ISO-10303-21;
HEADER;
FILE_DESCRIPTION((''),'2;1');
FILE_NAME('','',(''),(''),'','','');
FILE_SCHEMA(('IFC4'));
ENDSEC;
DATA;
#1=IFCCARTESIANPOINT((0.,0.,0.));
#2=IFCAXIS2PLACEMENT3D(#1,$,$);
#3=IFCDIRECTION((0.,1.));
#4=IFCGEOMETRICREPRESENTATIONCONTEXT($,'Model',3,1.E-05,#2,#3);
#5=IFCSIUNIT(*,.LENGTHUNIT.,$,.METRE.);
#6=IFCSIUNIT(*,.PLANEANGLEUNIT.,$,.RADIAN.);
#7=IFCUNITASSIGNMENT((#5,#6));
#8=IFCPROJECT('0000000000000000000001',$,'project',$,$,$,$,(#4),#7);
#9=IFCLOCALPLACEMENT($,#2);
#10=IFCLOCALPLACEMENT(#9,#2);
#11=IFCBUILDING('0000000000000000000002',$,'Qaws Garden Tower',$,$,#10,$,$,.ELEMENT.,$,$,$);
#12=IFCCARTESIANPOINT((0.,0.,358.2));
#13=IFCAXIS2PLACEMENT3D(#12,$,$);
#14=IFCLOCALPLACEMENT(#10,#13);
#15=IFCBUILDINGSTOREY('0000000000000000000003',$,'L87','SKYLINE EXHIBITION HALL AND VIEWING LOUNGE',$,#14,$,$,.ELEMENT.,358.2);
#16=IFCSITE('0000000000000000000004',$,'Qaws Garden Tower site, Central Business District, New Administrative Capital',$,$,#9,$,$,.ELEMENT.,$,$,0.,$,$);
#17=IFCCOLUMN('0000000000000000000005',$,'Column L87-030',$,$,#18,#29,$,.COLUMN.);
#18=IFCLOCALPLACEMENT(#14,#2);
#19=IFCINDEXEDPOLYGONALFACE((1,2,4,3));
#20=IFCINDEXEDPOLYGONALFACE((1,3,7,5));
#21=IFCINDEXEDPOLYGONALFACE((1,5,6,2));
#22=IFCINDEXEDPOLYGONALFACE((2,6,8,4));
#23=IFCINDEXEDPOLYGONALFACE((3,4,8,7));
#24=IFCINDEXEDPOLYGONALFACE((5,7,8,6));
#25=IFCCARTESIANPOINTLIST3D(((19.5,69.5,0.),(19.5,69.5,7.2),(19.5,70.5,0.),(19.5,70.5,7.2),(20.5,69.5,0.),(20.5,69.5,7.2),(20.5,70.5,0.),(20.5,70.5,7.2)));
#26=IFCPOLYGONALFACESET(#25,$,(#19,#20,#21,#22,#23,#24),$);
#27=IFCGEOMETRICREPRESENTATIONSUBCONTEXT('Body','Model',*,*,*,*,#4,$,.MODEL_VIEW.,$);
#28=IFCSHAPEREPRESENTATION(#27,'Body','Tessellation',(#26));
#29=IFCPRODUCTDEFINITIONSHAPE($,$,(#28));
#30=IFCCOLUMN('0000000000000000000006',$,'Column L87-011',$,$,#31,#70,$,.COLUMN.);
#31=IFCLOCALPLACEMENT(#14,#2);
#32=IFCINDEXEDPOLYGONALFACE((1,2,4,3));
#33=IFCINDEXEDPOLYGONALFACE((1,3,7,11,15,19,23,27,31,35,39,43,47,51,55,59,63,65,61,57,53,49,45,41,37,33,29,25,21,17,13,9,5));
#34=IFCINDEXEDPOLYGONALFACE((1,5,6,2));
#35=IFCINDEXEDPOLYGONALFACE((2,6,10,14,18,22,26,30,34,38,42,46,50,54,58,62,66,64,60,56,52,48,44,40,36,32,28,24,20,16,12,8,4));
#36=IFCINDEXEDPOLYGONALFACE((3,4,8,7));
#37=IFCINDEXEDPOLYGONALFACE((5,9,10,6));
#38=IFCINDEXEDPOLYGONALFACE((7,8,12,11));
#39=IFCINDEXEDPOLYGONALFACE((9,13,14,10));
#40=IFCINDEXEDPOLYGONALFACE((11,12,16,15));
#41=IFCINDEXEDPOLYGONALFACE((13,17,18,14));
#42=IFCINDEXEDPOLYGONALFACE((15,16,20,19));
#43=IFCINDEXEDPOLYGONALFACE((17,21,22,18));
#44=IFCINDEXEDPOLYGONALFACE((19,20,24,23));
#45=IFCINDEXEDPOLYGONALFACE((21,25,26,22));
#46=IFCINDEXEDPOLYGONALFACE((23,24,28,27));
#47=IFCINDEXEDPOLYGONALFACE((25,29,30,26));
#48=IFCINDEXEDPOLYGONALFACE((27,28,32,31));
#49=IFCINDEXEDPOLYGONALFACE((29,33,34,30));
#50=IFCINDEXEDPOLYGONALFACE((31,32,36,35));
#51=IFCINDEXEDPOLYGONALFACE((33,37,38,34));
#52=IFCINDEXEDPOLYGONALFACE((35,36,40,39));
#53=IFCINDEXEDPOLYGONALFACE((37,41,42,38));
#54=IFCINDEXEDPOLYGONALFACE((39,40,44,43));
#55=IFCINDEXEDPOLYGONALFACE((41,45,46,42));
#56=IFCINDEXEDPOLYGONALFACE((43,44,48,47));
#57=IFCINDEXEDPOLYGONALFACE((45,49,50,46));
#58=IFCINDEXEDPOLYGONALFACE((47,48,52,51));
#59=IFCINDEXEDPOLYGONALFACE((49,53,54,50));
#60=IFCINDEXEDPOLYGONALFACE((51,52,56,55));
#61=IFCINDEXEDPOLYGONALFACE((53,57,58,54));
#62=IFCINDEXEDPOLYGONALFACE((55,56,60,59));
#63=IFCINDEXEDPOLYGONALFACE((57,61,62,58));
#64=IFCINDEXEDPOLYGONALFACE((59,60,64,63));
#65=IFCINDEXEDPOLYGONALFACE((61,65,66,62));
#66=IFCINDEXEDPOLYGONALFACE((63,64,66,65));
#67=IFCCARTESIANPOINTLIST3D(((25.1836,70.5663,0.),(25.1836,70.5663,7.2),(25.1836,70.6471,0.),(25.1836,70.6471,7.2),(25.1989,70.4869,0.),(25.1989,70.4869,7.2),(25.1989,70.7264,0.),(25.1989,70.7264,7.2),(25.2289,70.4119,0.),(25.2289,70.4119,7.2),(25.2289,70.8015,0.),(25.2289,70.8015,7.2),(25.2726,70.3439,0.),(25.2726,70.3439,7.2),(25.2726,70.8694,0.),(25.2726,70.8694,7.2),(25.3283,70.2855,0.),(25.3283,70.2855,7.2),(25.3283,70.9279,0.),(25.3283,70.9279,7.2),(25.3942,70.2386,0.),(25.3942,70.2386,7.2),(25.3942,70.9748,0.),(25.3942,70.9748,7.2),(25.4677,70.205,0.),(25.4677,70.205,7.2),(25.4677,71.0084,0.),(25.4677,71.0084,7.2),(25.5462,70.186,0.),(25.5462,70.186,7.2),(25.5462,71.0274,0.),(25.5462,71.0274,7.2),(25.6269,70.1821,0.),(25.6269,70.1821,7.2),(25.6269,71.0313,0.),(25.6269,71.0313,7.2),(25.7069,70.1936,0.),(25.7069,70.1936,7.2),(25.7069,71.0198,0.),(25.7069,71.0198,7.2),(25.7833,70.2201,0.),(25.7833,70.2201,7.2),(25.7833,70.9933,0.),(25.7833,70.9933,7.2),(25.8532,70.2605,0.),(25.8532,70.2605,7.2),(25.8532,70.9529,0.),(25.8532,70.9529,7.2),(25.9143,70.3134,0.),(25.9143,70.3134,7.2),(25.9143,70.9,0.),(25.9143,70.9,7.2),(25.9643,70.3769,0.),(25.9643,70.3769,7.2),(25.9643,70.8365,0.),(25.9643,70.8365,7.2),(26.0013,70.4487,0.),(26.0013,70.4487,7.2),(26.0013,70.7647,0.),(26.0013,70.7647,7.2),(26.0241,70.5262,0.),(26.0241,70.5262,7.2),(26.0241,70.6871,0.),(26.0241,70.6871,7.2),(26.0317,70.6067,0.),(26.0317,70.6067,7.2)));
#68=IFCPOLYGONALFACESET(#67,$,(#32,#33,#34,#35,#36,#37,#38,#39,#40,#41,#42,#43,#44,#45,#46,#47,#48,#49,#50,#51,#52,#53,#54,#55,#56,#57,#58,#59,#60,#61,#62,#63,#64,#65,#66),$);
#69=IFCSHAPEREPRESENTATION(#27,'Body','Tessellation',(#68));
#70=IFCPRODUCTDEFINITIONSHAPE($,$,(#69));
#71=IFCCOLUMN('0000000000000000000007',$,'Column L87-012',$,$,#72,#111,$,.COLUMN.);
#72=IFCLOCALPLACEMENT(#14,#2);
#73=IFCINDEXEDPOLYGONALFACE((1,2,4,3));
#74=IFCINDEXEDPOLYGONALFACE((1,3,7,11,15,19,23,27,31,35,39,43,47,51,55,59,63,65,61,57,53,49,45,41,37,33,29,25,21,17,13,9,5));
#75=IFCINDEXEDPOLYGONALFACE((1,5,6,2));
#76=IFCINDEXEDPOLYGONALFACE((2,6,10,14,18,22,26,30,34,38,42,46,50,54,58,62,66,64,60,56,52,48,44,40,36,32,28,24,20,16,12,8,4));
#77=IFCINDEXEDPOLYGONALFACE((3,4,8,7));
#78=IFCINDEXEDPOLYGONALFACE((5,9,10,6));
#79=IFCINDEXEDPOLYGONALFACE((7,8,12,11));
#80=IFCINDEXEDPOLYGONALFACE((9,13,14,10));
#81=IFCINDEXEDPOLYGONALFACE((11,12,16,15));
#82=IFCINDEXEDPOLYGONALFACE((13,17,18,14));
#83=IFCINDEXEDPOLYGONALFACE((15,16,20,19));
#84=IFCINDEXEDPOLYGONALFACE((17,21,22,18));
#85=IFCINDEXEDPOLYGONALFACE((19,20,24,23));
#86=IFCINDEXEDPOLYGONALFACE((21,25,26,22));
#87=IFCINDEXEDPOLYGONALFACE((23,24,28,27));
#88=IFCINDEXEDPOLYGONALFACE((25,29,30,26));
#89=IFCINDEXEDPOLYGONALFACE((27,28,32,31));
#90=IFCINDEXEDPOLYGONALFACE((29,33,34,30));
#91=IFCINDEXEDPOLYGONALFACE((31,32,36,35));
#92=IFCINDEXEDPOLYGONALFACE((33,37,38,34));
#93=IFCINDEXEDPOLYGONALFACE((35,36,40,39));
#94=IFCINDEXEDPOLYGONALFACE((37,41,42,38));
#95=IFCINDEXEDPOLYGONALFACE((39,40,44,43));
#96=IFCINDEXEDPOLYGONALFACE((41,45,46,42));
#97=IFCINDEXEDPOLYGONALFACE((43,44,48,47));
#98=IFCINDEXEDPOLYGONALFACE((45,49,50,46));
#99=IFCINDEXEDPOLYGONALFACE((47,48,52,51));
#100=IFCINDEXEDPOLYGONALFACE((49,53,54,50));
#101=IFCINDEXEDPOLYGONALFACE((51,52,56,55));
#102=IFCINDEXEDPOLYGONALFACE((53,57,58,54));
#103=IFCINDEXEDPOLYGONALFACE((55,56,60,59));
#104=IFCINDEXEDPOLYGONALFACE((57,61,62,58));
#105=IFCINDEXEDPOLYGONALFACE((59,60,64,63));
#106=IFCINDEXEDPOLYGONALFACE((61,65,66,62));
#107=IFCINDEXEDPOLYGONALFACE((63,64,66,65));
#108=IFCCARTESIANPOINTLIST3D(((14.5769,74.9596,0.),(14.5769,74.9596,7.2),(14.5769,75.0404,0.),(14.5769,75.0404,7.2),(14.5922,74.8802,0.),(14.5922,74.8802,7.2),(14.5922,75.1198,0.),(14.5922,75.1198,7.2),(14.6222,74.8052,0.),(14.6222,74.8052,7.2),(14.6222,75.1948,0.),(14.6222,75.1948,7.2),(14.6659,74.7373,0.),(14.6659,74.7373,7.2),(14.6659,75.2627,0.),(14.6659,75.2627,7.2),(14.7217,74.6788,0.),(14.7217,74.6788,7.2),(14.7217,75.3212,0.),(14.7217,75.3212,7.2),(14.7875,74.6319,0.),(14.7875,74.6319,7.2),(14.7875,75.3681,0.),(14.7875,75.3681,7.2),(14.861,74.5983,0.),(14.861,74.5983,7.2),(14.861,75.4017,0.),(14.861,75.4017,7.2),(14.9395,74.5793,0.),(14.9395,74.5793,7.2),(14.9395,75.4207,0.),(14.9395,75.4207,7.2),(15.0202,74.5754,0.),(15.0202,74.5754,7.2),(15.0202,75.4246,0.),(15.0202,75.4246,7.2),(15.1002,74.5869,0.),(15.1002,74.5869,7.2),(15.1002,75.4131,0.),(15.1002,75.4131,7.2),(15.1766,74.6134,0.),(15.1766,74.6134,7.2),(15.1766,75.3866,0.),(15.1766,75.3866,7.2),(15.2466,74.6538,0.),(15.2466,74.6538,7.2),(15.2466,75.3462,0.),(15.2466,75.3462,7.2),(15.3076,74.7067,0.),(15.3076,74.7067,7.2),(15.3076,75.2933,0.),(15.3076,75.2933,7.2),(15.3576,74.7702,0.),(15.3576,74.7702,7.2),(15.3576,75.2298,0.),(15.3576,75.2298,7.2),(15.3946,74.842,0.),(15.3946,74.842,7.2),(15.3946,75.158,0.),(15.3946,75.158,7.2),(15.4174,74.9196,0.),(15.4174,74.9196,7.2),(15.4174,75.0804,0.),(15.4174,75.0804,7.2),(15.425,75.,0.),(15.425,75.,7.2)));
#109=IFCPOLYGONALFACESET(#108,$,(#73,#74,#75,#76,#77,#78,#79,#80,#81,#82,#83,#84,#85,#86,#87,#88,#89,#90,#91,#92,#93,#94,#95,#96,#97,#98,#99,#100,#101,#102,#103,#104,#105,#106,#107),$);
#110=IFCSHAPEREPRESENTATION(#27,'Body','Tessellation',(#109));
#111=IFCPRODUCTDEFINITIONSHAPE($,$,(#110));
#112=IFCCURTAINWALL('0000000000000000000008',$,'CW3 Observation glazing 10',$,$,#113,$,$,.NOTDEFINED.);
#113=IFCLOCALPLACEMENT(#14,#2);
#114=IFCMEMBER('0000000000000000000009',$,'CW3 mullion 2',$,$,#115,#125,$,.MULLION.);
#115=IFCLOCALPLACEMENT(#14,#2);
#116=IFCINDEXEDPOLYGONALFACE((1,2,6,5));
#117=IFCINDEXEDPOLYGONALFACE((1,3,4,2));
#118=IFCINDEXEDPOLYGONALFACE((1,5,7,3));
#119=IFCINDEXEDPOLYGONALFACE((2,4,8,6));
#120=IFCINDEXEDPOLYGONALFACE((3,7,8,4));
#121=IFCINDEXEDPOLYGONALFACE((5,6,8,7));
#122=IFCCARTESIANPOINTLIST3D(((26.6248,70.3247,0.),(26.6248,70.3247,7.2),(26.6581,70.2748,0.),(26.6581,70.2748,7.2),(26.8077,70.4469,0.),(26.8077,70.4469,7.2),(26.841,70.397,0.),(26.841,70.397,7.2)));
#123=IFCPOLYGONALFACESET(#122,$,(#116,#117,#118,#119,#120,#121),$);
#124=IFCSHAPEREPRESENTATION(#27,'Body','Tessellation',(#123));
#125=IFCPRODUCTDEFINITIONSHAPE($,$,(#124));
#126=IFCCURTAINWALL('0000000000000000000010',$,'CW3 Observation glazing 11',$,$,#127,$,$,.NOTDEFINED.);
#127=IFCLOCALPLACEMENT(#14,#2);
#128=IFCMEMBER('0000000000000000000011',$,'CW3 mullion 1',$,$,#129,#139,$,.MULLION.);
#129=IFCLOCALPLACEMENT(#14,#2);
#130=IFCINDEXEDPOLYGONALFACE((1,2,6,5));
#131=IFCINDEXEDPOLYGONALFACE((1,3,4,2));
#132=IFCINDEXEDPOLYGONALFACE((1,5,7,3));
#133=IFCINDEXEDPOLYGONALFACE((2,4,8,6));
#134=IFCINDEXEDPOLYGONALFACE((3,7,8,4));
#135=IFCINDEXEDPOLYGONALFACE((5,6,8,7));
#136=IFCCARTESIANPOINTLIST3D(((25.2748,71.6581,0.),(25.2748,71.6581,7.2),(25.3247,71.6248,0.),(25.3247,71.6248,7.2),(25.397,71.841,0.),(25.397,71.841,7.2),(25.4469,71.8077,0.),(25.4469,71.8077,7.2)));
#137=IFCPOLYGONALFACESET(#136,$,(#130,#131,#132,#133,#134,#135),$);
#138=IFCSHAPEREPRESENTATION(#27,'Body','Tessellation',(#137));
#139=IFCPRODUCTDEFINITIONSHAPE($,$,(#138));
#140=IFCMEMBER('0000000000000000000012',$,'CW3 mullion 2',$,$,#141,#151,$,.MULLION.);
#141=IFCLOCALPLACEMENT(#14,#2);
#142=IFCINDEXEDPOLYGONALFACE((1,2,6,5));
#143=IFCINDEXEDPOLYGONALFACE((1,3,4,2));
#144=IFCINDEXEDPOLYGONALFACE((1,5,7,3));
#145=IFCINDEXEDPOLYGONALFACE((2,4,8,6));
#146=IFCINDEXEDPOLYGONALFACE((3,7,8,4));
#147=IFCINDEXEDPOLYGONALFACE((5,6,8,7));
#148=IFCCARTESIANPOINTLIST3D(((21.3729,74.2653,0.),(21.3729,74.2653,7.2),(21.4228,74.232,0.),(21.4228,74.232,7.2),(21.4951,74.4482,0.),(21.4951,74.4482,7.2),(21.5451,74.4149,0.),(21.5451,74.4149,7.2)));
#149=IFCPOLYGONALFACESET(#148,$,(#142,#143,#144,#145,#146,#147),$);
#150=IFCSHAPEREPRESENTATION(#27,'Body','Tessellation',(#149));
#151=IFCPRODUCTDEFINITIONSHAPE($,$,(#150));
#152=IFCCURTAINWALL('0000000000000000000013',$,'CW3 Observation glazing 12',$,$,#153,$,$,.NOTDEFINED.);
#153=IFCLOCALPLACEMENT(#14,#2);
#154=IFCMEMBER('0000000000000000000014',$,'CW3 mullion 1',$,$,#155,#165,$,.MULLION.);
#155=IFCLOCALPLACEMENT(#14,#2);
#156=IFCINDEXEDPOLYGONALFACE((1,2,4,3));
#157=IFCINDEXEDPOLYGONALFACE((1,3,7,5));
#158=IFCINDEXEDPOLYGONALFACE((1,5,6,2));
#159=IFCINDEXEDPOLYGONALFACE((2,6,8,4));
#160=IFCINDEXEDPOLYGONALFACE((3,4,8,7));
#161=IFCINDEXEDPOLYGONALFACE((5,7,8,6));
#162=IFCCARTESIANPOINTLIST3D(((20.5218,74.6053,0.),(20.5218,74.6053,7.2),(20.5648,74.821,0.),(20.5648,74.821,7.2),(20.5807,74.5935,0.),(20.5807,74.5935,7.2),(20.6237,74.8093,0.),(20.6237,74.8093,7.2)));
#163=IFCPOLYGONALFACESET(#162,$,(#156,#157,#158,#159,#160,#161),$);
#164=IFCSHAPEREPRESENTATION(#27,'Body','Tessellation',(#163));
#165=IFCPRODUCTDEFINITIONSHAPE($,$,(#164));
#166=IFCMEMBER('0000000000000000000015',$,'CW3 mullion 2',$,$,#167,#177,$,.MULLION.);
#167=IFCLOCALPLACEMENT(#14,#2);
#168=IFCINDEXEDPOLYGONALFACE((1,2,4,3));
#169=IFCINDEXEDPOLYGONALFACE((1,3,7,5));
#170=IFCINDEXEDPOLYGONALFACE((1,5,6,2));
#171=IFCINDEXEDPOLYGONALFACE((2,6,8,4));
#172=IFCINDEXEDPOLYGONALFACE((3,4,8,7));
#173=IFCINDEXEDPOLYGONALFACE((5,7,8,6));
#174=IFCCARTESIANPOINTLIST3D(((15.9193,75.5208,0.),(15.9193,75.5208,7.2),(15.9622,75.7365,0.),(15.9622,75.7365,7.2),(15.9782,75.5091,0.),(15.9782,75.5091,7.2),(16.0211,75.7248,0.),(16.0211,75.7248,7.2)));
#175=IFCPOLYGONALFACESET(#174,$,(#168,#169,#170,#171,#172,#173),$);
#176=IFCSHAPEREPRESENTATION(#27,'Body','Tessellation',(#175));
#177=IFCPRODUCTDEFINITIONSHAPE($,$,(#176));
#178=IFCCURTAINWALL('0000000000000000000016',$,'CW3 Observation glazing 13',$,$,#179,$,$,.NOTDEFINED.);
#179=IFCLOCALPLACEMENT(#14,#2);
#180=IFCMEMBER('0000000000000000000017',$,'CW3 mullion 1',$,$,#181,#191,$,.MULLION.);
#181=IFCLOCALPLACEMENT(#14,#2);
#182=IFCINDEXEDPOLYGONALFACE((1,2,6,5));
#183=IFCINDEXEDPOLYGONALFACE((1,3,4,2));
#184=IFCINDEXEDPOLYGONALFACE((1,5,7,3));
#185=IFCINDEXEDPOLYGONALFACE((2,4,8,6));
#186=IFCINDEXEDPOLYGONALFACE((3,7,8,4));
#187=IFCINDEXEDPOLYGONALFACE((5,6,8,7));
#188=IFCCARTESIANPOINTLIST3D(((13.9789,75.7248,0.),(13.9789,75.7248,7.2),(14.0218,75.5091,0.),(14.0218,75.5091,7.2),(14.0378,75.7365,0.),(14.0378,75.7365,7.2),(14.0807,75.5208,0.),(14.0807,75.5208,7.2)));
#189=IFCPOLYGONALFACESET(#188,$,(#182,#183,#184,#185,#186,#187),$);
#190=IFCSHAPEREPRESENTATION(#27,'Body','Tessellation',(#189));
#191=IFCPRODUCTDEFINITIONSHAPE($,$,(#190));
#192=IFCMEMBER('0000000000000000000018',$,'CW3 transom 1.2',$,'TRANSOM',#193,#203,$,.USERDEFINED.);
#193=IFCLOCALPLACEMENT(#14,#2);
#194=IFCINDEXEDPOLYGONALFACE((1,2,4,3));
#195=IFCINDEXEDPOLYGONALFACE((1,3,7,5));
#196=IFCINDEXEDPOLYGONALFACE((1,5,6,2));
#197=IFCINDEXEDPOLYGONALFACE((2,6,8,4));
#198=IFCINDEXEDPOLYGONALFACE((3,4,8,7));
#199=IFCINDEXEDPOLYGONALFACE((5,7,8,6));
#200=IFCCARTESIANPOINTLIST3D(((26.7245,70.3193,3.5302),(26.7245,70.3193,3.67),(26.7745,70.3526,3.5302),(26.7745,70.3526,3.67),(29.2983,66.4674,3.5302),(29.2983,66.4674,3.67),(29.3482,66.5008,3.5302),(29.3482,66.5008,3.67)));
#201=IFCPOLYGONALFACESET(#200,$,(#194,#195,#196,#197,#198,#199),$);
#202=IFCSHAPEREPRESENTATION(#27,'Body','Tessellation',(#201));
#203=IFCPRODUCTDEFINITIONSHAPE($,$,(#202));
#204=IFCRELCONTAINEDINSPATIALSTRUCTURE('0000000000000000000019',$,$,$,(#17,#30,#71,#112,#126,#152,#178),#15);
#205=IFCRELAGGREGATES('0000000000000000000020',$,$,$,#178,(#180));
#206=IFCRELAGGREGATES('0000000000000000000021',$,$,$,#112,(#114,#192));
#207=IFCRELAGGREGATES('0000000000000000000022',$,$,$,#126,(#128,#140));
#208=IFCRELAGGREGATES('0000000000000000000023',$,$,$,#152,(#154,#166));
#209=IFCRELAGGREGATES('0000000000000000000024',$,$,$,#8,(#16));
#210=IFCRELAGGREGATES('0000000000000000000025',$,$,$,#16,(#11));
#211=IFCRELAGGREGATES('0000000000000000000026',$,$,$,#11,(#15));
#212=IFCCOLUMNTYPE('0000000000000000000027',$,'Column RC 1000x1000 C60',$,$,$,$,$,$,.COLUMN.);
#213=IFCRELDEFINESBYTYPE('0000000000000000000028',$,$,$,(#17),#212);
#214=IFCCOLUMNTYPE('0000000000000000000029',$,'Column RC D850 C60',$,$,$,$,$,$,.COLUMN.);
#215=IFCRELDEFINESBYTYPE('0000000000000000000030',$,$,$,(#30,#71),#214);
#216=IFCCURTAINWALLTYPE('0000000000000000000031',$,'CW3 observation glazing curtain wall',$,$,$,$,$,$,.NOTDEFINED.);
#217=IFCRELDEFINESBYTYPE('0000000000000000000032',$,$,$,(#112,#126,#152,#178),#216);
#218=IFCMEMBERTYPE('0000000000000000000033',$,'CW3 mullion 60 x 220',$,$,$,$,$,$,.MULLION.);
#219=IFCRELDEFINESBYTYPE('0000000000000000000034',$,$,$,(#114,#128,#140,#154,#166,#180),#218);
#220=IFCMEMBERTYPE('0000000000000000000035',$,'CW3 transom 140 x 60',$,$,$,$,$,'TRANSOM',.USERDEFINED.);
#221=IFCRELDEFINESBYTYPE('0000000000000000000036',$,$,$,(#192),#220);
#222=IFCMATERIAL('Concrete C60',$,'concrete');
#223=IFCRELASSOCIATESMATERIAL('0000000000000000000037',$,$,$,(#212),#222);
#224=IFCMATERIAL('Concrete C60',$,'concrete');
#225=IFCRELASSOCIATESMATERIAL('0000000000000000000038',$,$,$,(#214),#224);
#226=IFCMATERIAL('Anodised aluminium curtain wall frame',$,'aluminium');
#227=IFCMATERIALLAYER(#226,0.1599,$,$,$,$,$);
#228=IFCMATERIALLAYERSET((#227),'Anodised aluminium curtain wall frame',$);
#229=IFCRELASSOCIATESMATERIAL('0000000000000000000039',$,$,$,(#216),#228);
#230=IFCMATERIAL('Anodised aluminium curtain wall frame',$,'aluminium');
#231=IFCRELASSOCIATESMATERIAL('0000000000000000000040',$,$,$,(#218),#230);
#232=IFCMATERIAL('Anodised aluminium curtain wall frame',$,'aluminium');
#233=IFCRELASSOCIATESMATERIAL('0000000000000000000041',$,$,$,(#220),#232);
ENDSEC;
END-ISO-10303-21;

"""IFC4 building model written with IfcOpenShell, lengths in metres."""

from ifc_helpers import new_model, si_unit, direction, frame, origin, origin_2d, place, context, subcontext, project, spatial, rectangle, circle, extrude, material, layer, layer_set, material_profile, profile_set, type_object, element, aggregate, save


model = new_model("IFC4")

# Units and contexts
model_context = context("Model", 3, precision=1e-05, world=origin(), true_north=direction((0.0, 1.0)))
body_context = subcontext(model_context, "Body", "Model", "MODEL_VIEW")
ifc_project = project(units=[si_unit("LENGTHUNIT", "METRE"), si_unit("PLANEANGLEUNIT", "RADIAN")], contexts=[model_context])

# Site, building, storey
site_placement = place(None, origin())
site = spatial("IfcSite", under=ifc_project, at=site_placement, Name="Qaws Garden Tower site, Central Business District, New Administrative Capital", CompositionType="ELEMENT", RefElevation=0.0)
building_placement = place(site_placement, origin())
building = spatial("IfcBuilding", under=site, at=building_placement, Name="Qaws Garden Tower", CompositionType="ELEMENT")
storey_placement = place(building_placement, frame((0.0, 0.0, 358.2)))
storey = spatial("IfcBuildingStorey", under=building, at=storey_placement, Name="L87", Description="SKYLINE EXHIBITION HALL AND VIEWING LOUNGE", CompositionType="ELEMENT", Elevation=358.2)

# Columns
ifc_material_1 = material(Name="Concrete C60", Category="concrete")
ifc_material_profile_1 = material_profile(ifc_material_1, rectangle(XDim=1.0, YDim=1.0, at=origin_2d()), Name="RC 1000x1000")
ifc_profile_set_1 = profile_set([ifc_material_profile_1], Name="Concrete C60")
column_type_1 = type_object("IfcColumnType", Name="Column RC 1000x1000 C60", PredefinedType="COLUMN", material=ifc_profile_set_1)
column_placement = place(storey_placement, frame((20.0, 70.0, 0.0), z_axis=(0.0, 0.0, 1.0), x_axis=(1.0, 0.0, 0.0)))
element("IfcColumn", 1, at=column_placement, inside=storey, type_object=column_type_1, Name="Column L87-030", PredefinedType="COLUMN", context=body_context, shape_type="SweptSolid", body=[
    extrude(rectangle(XDim=1.0, YDim=1.0, at=origin_2d()), origin(), (0.0, 0.0, 1.0), 7.2),
])
ifc_material_2 = material(Name="Concrete C60", Category="concrete")
ifc_material_profile_2 = material_profile(ifc_material_2, circle(Radius=0.425, at=origin_2d()), Name="RC D850")
ifc_profile_set_2 = profile_set([ifc_material_profile_2], Name="Concrete C60")
column_type_2 = type_object("IfcColumnType", Name="Column RC D850 C60", PredefinedType="COLUMN", material=ifc_profile_set_2)
for number, where, z_axis, x_axis, name in (
    (2, (25.6067, 70.6067, 0.0), (0.0, 0.0, 1.0), (1.0, 0.0, 0.0), "Column L87-011"),
    (3, (15.0, 75.0, 0.0), (0.0, 0.0, 1.0), (1.0, 0.0, 0.0), "Column L87-012"),
):
    element("IfcColumn", number, at=place(storey_placement, frame(where, z_axis=z_axis, x_axis=x_axis)), inside=storey, type_object=column_type_2, Name=name, PredefinedType="COLUMN", context=body_context, shape_type="SweptSolid", body=[
        extrude(circle(Radius=0.425, at=origin_2d()), origin(), (0.0, 0.0, 1.0), 7.2),
    ])

# Curtain wall, member
ifc_material_3 = material(Name="Anodised aluminium curtain wall frame", Category="aluminium")
ifc_layer_1 = layer(ifc_material_3, 0.1599)
ifc_layer_set_1 = layer_set([ifc_layer_1], Name="Anodised aluminium curtain wall frame")
curtain_wall_type = type_object("IfcCurtainWallType", Name="CW3 observation glazing curtain wall", PredefinedType="NOTDEFINED", material=ifc_layer_set_1)
placement = place(storey_placement, origin())
curtain_wall_1 = element("IfcCurtainWall", 4, at=placement, inside=storey, type_object=curtain_wall_type, Name="CW3 Observation glazing 10", PredefinedType="NOTDEFINED")
ifc_material_4 = material(Name="Anodised aluminium curtain wall frame", Category="aluminium")
ifc_material_profile_3 = material_profile(ifc_material_4, rectangle(XDim=0.22, YDim=0.0601, at=origin_2d()), Name="AL 60x220")
ifc_profile_set_3 = profile_set([ifc_material_profile_3], Name="Anodised aluminium curtain wall frame")
member_type_1 = type_object("IfcMemberType", Name="CW3 mullion 60 x 220", PredefinedType="MULLION", material=ifc_profile_set_3)
member_1_placement = place(storey_placement, frame((26.7329, 70.3608, 0.0), z_axis=(0.0, 0.0, 1.0), x_axis=(-0.83147, -0.55557, 0.0)))
member_1 = element("IfcMember", 5, at=member_1_placement, type_object=member_type_1, Name="CW3 mullion 2", PredefinedType="MULLION", context=body_context, shape_type="SweptSolid", body=[
    extrude(rectangle(XDim=0.22, YDim=0.0601, at=origin_2d()), origin(), (0.0, 0.0, 1.0), 7.2),
])

# Curtain walls, members
curtain_wall_2 = element("IfcCurtainWall", 6, at=placement, inside=storey, type_object=curtain_wall_type, Name="CW3 Observation glazing 11", PredefinedType="NOTDEFINED")
member_2_placement = place(storey_placement, frame((25.3608, 71.7329, 0.0), z_axis=(0.0, 0.0, 1.0), x_axis=(-0.55557, -0.83147, 0.0)))
member_2 = element("IfcMember", 7, at=member_2_placement, type_object=member_type_1, Name="CW3 mullion 1", PredefinedType="MULLION", context=body_context, shape_type="SweptSolid", body=[
    extrude(rectangle(XDim=0.22, YDim=0.0601, at=origin_2d()), origin(), (0.0, 0.0, 1.0), 7.2),
])
member_3_placement = place(storey_placement, frame((21.459, 74.3401, 0.0), z_axis=(0.0, 0.0, 1.0), x_axis=(-0.55557, -0.83147, 0.0)))
member_3 = element("IfcMember", 8, at=member_3_placement, type_object=member_type_1, Name="CW3 mullion 2", PredefinedType="MULLION", context=body_context, shape_type="SweptSolid", body=[
    extrude(rectangle(XDim=0.22, YDim=0.0601, at=origin_2d()), origin(), (0.0, 0.0, 1.0), 7.2),
])
curtain_wall_3 = element("IfcCurtainWall", 9, at=placement, inside=storey, type_object=curtain_wall_type, Name="CW3 Observation glazing 12", PredefinedType="NOTDEFINED")
member_4_placement = place(storey_placement, frame((20.5728, 74.7073, 0.0), z_axis=(0.0, 0.0, 1.0), x_axis=(-0.19509, -0.980785, 0.0)))
member_4 = element("IfcMember", 10, at=member_4_placement, type_object=member_type_1, Name="CW3 mullion 1", PredefinedType="MULLION", context=body_context, shape_type="SweptSolid", body=[
    extrude(rectangle(XDim=0.22, YDim=0.0601, at=origin_2d()), origin(), (0.0, 0.0, 1.0), 7.2),
])
member_5_placement = place(storey_placement, frame((15.9702, 75.6228, 0.0), z_axis=(0.0, 0.0, 1.0), x_axis=(-0.19509, -0.980785, 0.0)))
member_5 = element("IfcMember", 11, at=member_5_placement, type_object=member_type_1, Name="CW3 mullion 2", PredefinedType="MULLION", context=body_context, shape_type="SweptSolid", body=[
    extrude(rectangle(XDim=0.22, YDim=0.0601, at=origin_2d()), origin(), (0.0, 0.0, 1.0), 7.2),
])

# Curtain wall, member
curtain_wall_4 = element("IfcCurtainWall", 12, at=placement, inside=storey, type_object=curtain_wall_type, Name="CW3 Observation glazing 13", PredefinedType="NOTDEFINED")
member_6_placement = place(storey_placement, frame((14.0298, 75.6228, 0.0), z_axis=(0.0, 0.0, 1.0), x_axis=(0.19509, -0.980785, 0.0)))
member_6 = element("IfcMember", 13, at=member_6_placement, type_object=member_type_1, Name="CW3 mullion 1", PredefinedType="MULLION", context=body_context, shape_type="SweptSolid", body=[
    extrude(rectangle(XDim=0.22, YDim=0.0601, at=origin_2d()), origin(), (0.0, 0.0, 1.0), 7.2),
])

# Member
ifc_material_5 = material(Name="Anodised aluminium curtain wall frame", Category="aluminium")
ifc_material_profile_4 = material_profile(ifc_material_5, rectangle(XDim=0.0601, YDim=0.1399, at=origin_2d()), Name="AL 60x140")
ifc_profile_set_4 = profile_set([ifc_material_profile_4], Name="Anodised aluminium curtain wall frame")
member_type_2 = type_object("IfcMemberType", Name="CW3 transom 140 x 60", ElementType="TRANSOM", PredefinedType="USERDEFINED", material=ifc_profile_set_4)
member_7_placement = place(storey_placement, frame((29.3232, 66.4841, 3.6001), z_axis=(-0.555576, 0.831466, 0.0), x_axis=(-0.831466, -0.555576, 0.0)))
member_7 = element("IfcMember", 14, at=member_7_placement, type_object=member_type_2, Name="CW3 transom 1.2", ObjectType="TRANSOM", PredefinedType="USERDEFINED", context=body_context, shape_type="SweptSolid", body=[
    extrude(rectangle(XDim=0.0601, YDim=0.1399, at=origin_2d()), origin(), (0.0, 0.0, 1.0), 4.6326),
])
aggregate(curtain_wall_4, [member_6])

aggregate(curtain_wall_1, [member_1, member_7])
aggregate(curtain_wall_2, [member_2, member_3])
aggregate(curtain_wall_3, [member_4, member_5])

save(model, "model.ifc")
